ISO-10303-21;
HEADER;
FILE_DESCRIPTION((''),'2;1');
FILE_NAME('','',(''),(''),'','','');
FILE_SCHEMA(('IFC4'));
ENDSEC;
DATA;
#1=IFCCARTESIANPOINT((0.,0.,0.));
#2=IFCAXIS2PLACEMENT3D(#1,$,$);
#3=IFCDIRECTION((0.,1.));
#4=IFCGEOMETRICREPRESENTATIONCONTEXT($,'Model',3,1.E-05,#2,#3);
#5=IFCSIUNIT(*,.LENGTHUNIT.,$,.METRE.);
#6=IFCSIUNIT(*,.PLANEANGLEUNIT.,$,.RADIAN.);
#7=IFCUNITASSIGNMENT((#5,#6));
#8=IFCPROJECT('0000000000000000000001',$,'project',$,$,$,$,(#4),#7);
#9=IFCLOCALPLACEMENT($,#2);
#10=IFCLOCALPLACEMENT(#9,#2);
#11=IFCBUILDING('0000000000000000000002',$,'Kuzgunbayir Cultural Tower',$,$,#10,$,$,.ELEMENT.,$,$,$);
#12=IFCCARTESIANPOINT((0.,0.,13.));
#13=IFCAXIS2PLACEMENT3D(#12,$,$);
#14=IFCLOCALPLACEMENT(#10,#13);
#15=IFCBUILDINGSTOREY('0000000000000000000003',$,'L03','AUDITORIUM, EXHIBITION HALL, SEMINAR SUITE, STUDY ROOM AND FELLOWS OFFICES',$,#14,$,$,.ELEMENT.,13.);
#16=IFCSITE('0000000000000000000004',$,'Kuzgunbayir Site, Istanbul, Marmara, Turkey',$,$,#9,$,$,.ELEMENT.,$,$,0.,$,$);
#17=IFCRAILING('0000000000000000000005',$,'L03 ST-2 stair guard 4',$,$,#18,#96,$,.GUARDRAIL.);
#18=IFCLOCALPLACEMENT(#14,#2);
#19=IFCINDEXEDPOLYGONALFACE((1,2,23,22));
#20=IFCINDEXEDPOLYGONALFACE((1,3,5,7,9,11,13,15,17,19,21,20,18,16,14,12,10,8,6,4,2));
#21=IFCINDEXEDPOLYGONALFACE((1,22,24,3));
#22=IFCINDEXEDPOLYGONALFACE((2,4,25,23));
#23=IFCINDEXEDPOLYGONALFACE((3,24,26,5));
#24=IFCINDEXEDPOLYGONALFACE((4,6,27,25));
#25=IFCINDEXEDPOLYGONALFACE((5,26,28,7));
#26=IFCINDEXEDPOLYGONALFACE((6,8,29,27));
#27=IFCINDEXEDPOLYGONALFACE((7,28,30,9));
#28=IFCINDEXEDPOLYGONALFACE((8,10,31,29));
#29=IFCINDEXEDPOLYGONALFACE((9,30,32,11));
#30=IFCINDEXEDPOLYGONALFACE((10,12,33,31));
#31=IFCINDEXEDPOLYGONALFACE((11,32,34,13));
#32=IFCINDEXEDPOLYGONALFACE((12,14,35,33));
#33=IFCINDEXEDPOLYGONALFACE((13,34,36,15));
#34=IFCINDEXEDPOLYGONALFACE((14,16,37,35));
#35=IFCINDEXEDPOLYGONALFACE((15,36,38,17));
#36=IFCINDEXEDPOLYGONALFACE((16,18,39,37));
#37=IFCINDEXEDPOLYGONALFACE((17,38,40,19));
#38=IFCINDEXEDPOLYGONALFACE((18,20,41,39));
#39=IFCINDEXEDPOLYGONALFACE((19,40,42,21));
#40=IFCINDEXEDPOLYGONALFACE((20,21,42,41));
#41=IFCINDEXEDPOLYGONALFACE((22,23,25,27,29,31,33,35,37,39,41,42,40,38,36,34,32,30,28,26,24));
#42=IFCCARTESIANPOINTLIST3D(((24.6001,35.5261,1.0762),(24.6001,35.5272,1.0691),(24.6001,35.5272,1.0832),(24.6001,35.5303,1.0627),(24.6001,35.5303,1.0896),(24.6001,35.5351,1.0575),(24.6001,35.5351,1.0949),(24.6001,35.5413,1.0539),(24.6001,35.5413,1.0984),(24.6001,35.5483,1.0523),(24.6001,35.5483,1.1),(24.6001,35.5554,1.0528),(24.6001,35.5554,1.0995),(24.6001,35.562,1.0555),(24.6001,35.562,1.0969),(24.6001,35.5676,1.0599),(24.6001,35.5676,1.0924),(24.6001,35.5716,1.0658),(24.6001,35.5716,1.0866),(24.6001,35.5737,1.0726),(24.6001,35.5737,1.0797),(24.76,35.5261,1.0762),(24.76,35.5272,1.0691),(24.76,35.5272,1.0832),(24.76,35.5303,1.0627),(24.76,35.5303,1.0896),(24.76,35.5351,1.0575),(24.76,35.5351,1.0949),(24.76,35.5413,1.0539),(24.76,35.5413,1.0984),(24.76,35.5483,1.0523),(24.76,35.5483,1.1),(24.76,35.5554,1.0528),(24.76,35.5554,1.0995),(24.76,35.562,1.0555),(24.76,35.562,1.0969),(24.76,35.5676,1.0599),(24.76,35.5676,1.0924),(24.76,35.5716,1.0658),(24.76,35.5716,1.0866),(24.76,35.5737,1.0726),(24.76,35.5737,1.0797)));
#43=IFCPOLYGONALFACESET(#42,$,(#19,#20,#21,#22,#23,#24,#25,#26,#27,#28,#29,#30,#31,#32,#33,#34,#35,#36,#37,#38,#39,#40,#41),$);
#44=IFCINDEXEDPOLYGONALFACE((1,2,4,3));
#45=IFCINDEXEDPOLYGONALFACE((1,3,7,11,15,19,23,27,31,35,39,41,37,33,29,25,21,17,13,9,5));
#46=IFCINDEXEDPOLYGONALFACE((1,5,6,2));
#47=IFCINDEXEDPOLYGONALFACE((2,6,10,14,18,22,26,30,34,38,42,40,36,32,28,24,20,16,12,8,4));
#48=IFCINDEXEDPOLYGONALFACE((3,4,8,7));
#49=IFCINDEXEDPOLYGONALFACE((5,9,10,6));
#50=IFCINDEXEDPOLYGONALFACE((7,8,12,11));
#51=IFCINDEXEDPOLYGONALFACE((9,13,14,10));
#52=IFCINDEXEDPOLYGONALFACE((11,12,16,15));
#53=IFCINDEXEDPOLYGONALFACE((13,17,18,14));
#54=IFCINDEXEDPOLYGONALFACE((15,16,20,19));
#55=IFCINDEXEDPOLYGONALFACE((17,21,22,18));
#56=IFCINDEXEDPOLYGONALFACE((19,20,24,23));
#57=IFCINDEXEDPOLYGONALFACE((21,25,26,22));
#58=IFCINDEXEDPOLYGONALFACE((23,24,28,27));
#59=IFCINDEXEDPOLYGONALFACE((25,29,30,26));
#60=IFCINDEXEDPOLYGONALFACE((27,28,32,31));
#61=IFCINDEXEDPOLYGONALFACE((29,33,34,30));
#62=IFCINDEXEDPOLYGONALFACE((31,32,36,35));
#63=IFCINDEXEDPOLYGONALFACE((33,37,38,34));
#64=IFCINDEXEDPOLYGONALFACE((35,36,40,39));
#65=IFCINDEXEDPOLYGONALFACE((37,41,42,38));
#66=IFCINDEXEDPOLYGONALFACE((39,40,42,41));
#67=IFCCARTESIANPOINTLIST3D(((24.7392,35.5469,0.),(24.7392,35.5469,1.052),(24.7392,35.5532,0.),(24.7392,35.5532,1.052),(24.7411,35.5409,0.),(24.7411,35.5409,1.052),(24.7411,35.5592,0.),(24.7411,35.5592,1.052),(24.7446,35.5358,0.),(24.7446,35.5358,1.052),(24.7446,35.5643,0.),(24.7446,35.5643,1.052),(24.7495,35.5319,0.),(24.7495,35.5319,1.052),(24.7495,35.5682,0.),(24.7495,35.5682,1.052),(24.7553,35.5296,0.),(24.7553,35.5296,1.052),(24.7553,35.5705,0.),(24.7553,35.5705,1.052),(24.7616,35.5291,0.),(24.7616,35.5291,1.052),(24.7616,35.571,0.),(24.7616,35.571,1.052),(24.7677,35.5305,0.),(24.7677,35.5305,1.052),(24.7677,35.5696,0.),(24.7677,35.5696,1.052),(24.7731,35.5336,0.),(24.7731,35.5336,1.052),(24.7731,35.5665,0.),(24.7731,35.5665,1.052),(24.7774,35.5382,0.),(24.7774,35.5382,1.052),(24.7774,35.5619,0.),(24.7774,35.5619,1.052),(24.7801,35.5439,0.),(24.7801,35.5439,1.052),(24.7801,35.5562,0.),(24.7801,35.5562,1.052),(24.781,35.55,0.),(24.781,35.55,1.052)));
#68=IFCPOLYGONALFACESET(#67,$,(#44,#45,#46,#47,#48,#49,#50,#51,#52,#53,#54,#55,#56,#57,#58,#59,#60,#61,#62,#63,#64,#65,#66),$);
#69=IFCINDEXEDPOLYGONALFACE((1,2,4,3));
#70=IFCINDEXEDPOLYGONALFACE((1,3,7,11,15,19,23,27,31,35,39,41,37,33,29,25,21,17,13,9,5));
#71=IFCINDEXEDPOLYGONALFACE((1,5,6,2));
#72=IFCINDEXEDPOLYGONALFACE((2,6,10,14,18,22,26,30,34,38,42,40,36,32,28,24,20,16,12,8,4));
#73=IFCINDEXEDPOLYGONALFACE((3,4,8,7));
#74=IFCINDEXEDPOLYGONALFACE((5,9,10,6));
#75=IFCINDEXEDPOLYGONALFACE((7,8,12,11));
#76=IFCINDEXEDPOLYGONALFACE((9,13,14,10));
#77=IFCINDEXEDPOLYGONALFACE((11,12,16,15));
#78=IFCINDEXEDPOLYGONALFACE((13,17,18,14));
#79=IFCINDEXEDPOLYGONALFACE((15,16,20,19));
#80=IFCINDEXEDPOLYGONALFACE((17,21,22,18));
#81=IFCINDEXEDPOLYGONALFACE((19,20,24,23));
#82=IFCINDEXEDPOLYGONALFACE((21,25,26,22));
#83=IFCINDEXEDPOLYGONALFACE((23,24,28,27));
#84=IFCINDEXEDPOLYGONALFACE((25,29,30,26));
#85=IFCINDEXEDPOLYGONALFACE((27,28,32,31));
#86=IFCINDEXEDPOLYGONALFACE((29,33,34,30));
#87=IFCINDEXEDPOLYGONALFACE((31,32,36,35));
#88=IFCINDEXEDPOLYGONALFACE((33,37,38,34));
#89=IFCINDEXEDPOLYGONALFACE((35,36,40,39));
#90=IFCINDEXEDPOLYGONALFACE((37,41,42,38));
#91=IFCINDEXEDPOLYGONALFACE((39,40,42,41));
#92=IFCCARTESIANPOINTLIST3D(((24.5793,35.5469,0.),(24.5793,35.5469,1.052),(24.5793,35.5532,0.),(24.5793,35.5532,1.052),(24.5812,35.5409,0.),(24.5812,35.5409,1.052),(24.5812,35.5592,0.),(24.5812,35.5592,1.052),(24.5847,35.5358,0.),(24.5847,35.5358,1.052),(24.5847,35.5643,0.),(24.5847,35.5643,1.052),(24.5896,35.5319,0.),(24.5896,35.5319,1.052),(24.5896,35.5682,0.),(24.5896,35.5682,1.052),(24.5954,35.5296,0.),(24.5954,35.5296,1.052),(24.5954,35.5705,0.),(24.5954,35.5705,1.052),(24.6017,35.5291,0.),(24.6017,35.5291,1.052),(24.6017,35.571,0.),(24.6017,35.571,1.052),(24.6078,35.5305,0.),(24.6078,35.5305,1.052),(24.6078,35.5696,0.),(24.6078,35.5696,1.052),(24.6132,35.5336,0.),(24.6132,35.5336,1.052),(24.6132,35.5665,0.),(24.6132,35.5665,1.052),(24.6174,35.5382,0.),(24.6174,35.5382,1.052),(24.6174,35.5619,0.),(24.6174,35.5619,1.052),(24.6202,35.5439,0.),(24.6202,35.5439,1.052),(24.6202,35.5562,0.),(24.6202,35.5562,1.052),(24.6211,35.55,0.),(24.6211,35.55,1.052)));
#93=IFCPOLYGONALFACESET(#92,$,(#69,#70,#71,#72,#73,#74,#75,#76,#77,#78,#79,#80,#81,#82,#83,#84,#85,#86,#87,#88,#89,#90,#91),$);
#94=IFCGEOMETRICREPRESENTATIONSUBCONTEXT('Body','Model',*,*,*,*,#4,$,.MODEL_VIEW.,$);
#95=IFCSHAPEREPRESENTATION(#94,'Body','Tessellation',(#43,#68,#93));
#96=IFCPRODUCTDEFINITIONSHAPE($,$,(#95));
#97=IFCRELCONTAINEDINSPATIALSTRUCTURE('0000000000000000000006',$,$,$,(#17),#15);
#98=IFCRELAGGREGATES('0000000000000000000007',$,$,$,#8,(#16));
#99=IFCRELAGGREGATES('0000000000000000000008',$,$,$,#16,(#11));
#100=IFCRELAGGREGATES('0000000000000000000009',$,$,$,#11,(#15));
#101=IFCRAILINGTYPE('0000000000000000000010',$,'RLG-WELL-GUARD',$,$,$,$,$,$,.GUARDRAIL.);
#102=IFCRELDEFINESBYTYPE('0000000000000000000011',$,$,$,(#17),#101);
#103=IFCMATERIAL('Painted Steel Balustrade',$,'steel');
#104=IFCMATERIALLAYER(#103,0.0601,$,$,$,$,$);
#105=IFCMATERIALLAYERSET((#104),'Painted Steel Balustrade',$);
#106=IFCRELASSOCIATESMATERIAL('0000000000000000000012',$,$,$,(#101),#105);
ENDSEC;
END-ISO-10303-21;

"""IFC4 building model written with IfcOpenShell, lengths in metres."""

from ifc_helpers import new_model, si_unit, direction, frame, origin, origin_2d, place, context, subcontext, project, spatial, circle, extrude, material, layer, layer_set, type_object, element, save


model = new_model("IFC4")

# Units and contexts
model_context = context("Model", 3, precision=1e-05, world=origin(), true_north=direction((0.0, 1.0)))
body_context = subcontext(model_context, "Body", "Model", "MODEL_VIEW")
ifc_project = project(units=[si_unit("LENGTHUNIT", "METRE"), si_unit("PLANEANGLEUNIT", "RADIAN")], contexts=[model_context])

# Site, building, storey
site_placement = place(None, origin())
site = spatial("IfcSite", under=ifc_project, at=site_placement, Name="Kuzgunbayir Site, Istanbul, Marmara, Turkey", CompositionType="ELEMENT", RefElevation=0.0)
building_placement = place(site_placement, origin())
building = spatial("IfcBuilding", under=site, at=building_placement, Name="Kuzgunbayir Cultural Tower", CompositionType="ELEMENT")
storey_placement = place(building_placement, frame((0.0, 0.0, 13.0)))
storey = spatial("IfcBuildingStorey", under=building, at=storey_placement, Name="L03", Description="AUDITORIUM, EXHIBITION HALL, SEMINAR SUITE, STUDY ROOM AND FELLOWS OFFICES", CompositionType="ELEMENT", Elevation=13.0)

# Railing
ifc_material_1 = material(Name="Painted Steel Balustrade", Category="steel")
ifc_layer_1 = layer(ifc_material_1, 0.0601)
ifc_layer_set_1 = layer_set([ifc_layer_1], Name="Painted Steel Balustrade")
railing_type_1 = type_object("IfcRailingType", Name="RLG-WELL-GUARD", PredefinedType="GUARDRAIL", material=ifc_layer_set_1)
railing_1_placement = place(storey_placement, frame((24.76, 35.55, 0.0)))
element("IfcRailing", 1, at=railing_1_placement, inside=storey, type_object=railing_type_1, Name="L03 ST-2 stair guard 4", PredefinedType="GUARDRAIL", context=body_context, shape_type="SweptSolid", body=[
    extrude(circle(Radius=0.0239, at=origin_2d()), frame((0.0, 0.0, 1.0762), z_axis=(-1.0, 0.0, 0.0), x_axis=(0.0, -1.0, 0.0)), (0.0, 0.0, 1.0), 0.1599),
    extrude(circle(Radius=0.021, at=origin_2d()), origin(), (0.0, 0.0, 1.0), 1.052),
    extrude(circle(Radius=0.021, at=origin_2d()), frame((-0.1599, 0.0, 0.0)), (0.0, 0.0, 1.0), 1.052),
])

save(model, "model.ifc")
